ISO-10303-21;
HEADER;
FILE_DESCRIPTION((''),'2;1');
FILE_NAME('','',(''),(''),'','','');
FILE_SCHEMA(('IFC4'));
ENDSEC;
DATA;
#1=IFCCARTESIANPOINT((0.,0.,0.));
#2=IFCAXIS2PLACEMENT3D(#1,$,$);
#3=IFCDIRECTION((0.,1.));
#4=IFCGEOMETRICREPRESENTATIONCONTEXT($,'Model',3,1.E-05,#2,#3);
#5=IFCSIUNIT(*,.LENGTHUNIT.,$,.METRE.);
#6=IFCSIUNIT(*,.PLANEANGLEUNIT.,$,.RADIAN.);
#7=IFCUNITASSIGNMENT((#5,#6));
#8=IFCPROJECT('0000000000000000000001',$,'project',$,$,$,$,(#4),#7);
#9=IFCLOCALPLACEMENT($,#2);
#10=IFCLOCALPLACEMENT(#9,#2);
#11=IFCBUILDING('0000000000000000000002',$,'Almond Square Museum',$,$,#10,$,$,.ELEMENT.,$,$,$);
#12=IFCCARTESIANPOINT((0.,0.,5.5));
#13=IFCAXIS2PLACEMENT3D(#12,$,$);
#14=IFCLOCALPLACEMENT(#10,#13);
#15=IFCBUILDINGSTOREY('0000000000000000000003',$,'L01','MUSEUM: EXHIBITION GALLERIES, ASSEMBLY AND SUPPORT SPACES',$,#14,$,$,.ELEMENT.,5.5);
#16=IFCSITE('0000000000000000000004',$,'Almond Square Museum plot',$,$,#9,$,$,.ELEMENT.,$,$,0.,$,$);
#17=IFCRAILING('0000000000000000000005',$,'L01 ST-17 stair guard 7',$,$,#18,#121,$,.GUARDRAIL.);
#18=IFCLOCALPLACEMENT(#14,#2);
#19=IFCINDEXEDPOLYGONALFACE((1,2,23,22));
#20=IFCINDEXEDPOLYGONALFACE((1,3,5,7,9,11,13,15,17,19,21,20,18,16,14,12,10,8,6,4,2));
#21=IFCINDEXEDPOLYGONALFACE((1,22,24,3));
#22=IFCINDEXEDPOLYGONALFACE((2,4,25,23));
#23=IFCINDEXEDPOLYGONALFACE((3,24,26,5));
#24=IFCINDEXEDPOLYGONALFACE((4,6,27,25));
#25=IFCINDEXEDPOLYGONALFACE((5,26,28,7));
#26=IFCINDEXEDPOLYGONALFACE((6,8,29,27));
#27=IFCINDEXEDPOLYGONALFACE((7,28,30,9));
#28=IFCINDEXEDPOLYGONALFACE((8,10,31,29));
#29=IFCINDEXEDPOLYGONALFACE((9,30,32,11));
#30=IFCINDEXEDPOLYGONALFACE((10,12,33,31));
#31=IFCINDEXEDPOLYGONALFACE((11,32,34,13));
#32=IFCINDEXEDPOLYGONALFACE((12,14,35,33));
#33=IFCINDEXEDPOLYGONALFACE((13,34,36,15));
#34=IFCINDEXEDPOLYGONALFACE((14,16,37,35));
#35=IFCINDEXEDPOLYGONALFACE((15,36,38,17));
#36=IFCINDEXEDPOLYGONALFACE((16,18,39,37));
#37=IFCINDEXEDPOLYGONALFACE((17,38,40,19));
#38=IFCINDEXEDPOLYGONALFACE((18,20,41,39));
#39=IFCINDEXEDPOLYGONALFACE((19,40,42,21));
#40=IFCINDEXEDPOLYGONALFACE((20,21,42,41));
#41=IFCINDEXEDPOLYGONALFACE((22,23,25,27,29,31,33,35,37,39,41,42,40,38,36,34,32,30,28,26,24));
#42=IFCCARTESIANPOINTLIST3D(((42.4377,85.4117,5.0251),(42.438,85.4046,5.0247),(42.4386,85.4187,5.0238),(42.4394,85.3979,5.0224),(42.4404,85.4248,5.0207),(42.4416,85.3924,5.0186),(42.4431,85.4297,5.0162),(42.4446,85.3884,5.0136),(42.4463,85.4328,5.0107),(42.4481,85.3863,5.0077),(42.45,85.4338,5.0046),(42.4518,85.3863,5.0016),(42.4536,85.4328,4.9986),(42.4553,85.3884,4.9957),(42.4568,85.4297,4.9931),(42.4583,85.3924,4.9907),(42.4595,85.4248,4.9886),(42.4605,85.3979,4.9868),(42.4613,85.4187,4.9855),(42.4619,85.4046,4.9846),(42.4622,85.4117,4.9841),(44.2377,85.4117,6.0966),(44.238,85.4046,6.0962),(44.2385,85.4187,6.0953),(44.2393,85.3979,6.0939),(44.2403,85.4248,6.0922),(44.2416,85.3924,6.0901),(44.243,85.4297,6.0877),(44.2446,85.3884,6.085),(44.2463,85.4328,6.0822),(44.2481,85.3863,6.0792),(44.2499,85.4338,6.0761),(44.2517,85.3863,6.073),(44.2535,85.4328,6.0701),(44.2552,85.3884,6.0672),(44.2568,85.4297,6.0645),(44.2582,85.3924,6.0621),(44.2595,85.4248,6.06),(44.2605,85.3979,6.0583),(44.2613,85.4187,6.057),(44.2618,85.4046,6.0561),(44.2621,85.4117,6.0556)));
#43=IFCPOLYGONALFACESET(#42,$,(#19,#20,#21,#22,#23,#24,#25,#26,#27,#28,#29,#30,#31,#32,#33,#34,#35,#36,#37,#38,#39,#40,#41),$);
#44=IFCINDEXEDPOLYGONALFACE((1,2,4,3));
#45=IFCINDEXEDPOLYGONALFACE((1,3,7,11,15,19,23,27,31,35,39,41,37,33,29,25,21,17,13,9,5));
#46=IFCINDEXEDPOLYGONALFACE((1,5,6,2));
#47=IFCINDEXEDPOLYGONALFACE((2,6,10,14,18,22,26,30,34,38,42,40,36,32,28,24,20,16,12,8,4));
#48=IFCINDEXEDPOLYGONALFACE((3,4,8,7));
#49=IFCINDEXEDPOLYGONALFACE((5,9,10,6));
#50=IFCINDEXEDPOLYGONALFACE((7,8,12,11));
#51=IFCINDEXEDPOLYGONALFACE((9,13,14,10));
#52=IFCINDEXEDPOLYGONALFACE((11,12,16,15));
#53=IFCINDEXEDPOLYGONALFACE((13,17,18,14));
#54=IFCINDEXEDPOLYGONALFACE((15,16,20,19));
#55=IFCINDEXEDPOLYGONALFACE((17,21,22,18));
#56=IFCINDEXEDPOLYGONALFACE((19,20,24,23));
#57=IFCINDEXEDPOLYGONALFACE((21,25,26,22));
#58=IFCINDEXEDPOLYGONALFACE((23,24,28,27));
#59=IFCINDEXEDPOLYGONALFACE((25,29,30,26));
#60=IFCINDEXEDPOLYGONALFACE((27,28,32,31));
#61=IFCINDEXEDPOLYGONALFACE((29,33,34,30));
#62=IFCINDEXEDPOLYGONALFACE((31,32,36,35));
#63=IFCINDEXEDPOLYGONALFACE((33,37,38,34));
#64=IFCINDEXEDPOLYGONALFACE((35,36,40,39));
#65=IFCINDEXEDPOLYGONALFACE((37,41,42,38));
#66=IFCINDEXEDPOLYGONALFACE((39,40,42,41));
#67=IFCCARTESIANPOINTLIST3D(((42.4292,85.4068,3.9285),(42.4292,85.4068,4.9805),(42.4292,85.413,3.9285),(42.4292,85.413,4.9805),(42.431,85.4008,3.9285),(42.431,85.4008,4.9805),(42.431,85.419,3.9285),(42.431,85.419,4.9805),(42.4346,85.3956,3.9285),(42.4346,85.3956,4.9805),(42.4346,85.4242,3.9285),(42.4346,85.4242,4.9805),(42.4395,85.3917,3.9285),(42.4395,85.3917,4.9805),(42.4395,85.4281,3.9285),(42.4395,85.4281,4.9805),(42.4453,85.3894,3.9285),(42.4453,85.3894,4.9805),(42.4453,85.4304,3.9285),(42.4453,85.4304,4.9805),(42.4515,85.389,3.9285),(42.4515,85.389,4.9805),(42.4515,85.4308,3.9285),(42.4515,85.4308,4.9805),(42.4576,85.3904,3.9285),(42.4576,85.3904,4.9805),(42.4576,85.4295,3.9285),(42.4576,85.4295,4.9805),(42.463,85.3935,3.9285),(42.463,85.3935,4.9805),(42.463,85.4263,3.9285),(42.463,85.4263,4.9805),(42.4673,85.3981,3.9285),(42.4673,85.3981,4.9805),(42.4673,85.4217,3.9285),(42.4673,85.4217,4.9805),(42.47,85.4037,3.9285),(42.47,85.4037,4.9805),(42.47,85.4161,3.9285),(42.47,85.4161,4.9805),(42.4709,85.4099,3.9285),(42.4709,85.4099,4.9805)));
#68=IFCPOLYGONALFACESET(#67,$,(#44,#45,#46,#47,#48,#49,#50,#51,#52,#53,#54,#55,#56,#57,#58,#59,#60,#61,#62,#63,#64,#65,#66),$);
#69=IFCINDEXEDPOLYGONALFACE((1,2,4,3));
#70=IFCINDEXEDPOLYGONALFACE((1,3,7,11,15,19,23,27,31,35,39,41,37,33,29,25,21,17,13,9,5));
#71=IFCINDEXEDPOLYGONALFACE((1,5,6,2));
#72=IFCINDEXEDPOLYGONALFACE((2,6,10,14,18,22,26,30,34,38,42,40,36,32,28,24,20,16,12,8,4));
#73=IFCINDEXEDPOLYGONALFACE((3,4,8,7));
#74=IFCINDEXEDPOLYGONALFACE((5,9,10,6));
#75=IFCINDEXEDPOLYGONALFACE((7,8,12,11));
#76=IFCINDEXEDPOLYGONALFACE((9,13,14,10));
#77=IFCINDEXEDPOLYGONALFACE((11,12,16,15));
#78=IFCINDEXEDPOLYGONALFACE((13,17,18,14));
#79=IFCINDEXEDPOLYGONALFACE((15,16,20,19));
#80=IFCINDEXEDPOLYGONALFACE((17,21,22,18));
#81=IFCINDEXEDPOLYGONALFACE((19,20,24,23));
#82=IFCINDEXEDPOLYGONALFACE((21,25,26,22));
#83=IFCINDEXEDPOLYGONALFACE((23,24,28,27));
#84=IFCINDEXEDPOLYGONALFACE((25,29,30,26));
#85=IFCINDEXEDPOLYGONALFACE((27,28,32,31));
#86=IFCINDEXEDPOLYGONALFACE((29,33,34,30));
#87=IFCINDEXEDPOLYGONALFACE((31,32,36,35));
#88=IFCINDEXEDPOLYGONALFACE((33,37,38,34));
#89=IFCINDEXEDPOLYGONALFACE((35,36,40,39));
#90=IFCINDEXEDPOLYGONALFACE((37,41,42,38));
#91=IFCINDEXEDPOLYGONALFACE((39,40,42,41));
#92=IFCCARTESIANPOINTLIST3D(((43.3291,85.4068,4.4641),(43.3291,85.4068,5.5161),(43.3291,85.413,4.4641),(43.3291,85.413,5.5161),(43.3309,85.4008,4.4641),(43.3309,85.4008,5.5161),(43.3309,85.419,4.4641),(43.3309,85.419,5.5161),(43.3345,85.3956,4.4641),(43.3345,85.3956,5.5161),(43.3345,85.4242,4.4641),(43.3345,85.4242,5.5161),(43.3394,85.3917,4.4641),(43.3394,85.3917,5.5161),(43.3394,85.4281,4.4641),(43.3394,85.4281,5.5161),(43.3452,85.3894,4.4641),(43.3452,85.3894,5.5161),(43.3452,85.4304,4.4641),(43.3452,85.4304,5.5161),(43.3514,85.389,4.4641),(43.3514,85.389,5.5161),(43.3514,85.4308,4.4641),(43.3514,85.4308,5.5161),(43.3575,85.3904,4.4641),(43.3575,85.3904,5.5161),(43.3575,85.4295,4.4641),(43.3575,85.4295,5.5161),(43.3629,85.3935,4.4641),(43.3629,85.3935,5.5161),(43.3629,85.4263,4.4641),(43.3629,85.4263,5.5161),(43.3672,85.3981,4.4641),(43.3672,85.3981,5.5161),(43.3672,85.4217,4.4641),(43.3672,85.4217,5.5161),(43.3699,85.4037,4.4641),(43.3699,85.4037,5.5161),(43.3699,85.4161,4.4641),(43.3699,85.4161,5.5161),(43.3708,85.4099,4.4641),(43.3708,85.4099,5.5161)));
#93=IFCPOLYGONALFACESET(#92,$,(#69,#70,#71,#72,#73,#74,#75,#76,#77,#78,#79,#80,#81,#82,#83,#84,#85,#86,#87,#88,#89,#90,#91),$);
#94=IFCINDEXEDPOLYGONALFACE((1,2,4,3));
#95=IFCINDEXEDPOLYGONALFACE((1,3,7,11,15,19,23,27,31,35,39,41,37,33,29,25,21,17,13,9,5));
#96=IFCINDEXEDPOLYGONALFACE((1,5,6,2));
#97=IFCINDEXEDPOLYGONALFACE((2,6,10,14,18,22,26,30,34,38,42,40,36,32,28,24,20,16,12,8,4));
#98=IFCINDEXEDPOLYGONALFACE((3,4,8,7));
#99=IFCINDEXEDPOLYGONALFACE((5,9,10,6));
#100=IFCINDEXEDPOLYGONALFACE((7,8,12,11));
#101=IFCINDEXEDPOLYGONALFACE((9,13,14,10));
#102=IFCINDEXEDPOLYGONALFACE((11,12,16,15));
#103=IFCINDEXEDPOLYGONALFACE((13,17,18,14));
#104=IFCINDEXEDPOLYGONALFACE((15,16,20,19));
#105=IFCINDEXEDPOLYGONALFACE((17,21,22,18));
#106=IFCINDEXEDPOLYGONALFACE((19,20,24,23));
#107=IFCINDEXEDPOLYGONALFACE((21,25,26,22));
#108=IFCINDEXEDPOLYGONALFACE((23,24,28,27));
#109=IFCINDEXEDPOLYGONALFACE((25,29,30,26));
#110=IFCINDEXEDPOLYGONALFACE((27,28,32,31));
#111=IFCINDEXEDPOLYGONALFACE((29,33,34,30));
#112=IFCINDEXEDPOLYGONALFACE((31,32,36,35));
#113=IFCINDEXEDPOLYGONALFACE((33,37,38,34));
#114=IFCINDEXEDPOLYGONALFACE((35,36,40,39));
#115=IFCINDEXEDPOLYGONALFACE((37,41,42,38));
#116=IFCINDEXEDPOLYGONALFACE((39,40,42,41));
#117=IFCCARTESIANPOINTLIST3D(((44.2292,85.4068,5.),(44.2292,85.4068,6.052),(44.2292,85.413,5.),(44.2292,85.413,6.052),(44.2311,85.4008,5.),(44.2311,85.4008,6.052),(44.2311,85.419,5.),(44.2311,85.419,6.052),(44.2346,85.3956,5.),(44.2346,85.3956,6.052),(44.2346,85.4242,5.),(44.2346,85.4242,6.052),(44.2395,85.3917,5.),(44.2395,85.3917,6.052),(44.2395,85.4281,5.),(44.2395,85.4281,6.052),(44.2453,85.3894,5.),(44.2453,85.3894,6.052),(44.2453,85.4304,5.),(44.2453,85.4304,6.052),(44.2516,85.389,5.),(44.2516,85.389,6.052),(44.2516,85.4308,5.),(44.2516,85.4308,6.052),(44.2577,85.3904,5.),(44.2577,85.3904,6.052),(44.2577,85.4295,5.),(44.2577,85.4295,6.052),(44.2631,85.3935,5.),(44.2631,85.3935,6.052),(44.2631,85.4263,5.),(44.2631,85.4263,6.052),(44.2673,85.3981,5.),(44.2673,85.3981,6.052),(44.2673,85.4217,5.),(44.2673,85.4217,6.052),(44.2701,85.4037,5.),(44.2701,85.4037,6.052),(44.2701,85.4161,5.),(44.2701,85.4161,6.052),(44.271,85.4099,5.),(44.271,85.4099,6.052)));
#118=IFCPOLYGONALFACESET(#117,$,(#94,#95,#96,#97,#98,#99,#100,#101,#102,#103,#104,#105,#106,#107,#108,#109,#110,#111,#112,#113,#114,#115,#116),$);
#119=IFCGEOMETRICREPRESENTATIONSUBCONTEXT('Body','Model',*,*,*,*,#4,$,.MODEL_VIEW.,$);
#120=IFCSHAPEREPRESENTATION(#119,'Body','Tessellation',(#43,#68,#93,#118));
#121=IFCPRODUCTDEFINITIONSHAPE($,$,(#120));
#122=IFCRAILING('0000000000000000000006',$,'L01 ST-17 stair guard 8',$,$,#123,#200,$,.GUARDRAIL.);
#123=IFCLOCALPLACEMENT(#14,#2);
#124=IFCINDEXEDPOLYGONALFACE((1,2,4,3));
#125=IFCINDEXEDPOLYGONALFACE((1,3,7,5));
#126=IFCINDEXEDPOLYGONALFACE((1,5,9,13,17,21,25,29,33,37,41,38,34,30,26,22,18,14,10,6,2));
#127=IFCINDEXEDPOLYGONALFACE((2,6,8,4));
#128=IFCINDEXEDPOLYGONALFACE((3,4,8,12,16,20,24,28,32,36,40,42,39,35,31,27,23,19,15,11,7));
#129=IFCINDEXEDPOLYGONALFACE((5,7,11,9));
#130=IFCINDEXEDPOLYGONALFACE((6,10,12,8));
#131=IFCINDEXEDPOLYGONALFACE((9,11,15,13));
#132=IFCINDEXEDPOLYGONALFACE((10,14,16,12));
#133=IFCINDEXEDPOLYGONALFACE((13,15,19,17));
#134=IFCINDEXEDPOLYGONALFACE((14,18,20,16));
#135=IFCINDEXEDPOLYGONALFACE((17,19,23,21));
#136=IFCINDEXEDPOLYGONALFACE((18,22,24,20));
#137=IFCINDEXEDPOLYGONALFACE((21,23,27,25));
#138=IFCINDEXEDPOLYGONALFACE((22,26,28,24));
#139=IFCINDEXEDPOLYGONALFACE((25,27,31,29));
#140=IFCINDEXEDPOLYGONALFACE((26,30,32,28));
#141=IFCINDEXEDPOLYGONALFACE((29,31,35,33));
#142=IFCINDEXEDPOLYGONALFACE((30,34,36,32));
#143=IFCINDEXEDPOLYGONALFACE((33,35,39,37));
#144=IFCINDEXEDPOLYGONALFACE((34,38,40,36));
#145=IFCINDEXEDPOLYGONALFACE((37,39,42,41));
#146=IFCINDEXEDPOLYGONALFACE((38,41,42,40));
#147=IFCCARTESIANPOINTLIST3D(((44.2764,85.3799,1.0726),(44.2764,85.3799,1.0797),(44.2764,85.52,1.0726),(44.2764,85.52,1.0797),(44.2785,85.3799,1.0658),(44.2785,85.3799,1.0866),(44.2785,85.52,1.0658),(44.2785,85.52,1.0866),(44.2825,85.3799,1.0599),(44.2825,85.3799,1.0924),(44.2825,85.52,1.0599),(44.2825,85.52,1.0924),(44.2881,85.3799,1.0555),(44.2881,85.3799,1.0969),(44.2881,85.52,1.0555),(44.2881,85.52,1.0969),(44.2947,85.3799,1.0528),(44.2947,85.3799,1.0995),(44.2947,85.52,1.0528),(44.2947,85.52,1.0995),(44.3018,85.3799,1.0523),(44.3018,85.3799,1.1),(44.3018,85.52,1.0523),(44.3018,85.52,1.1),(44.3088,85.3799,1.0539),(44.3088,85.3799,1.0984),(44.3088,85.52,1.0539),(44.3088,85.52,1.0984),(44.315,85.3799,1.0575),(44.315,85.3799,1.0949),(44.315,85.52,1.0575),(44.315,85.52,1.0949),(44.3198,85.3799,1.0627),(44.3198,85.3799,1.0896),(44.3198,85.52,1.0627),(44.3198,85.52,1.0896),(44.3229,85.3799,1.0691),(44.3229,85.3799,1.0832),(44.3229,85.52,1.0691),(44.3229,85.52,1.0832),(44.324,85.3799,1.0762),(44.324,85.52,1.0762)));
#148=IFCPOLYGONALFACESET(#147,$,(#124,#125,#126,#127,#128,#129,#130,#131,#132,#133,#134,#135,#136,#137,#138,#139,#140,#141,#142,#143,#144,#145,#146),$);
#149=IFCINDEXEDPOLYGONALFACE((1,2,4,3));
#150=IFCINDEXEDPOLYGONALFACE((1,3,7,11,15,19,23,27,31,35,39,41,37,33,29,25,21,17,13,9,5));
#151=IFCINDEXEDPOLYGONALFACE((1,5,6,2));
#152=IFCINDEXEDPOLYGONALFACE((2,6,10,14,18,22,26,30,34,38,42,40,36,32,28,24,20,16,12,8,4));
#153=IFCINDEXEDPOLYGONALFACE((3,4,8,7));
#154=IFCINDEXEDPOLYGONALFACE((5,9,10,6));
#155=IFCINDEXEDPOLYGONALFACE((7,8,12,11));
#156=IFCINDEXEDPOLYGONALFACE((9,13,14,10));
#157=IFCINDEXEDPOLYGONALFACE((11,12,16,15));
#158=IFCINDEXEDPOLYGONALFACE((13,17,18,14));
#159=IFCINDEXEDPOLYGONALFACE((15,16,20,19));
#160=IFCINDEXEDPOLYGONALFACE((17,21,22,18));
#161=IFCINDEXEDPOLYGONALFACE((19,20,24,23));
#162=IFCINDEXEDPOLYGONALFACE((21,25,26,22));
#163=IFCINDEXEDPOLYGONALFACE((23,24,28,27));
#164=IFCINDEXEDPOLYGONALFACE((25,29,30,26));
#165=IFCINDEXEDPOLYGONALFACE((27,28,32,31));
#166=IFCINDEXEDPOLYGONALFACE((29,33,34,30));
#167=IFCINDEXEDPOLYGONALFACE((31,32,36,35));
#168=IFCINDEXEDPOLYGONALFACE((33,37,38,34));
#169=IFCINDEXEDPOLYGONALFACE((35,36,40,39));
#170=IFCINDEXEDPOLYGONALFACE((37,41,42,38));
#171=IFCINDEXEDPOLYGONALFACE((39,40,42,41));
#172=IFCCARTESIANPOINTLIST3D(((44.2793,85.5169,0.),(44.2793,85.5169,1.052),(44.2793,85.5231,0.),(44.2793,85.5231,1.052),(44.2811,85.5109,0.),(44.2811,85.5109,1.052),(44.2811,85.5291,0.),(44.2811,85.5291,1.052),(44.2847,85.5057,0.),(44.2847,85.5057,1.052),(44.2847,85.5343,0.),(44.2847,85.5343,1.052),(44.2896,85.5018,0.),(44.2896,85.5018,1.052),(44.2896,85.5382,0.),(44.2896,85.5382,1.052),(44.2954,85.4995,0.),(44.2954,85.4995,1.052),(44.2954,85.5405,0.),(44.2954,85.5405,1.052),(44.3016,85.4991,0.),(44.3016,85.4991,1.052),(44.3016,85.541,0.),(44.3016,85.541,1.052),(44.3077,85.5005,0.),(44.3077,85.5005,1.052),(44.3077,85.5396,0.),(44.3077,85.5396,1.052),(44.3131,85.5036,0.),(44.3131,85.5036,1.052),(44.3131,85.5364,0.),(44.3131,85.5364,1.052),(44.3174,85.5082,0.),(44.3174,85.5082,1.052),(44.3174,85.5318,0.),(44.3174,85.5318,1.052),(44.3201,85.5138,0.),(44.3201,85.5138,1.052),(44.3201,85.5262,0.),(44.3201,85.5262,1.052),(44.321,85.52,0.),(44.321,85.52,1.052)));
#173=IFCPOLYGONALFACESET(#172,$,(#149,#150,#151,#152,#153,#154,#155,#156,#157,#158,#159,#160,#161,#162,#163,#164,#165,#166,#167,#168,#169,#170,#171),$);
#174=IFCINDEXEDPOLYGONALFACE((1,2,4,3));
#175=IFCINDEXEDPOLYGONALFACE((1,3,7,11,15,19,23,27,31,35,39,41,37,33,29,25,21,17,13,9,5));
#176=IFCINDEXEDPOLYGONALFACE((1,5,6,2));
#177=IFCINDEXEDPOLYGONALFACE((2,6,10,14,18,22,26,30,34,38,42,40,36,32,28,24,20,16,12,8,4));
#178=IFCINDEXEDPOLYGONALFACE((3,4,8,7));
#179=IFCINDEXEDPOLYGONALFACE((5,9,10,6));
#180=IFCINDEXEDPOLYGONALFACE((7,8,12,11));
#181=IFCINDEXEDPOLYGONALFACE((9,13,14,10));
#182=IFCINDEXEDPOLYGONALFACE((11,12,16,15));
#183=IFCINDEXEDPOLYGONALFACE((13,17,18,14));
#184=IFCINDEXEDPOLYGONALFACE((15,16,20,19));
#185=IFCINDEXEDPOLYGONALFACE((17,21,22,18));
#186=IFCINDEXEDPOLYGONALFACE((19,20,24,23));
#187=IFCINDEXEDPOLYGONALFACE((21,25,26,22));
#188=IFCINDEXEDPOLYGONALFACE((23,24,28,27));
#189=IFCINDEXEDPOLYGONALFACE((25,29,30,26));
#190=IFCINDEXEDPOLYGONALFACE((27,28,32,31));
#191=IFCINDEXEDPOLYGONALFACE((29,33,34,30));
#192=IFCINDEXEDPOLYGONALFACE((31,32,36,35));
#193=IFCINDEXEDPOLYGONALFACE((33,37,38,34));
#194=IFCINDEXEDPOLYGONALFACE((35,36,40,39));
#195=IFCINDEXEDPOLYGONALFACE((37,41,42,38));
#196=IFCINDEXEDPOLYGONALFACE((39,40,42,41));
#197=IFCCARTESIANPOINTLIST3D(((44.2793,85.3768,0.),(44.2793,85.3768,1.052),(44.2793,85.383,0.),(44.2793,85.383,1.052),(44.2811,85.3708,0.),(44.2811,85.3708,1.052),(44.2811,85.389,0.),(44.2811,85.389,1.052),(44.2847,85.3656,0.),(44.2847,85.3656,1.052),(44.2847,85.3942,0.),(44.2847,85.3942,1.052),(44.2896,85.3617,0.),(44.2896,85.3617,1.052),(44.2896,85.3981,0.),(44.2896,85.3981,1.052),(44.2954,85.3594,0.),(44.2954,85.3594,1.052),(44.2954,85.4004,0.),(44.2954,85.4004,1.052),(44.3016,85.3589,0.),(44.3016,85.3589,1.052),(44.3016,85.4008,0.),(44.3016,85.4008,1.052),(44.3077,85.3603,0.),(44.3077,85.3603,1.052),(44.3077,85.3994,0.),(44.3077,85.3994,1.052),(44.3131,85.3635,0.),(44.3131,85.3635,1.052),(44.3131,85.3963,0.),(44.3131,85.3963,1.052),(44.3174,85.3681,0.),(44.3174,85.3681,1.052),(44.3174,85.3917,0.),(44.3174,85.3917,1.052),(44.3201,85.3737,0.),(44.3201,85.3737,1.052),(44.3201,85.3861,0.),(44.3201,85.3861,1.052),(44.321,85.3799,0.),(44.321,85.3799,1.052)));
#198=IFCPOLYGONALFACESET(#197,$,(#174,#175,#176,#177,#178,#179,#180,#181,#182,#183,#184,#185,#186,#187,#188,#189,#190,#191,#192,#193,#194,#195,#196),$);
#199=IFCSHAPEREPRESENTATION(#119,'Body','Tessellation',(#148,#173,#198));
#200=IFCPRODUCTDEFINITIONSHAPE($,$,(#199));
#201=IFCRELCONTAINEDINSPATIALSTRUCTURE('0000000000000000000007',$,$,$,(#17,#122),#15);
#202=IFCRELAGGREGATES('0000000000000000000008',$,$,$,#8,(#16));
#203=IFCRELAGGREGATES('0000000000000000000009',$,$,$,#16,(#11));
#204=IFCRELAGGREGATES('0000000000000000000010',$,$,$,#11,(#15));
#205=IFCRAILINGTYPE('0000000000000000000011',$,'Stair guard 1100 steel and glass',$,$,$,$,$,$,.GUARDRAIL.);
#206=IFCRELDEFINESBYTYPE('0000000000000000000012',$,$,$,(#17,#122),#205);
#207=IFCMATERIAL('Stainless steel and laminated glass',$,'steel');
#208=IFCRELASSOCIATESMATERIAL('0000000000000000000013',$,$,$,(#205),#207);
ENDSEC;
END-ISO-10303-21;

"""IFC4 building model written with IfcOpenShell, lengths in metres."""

from ifc_helpers import new_model, si_unit, direction, frame, origin, origin_2d, place, context, subcontext, project, spatial, circle, extrude, material, type_object, element, save


model = new_model("IFC4")

# Units and contexts
model_context = context("Model", 3, precision=1e-05, world=origin(), true_north=direction((0.0, 1.0)))
body_context = subcontext(model_context, "Body", "Model", "MODEL_VIEW")
ifc_project = project(units=[si_unit("LENGTHUNIT", "METRE"), si_unit("PLANEANGLEUNIT", "RADIAN")], contexts=[model_context])

# Site, building, storey
site_placement = place(None, origin())
site = spatial("IfcSite", under=ifc_project, at=site_placement, Name="Almond Square Museum plot", CompositionType="ELEMENT", RefElevation=0.0)
building_placement = place(site_placement, origin())
building = spatial("IfcBuilding", under=site, at=building_placement, Name="Almond Square Museum", CompositionType="ELEMENT")
storey_placement = place(building_placement, frame((0.0, 0.0, 5.5)))
storey = spatial("IfcBuildingStorey", under=building, at=storey_placement, Name="L01", Description="MUSEUM: EXHIBITION GALLERIES, ASSEMBLY AND SUPPORT SPACES", CompositionType="ELEMENT", Elevation=5.5)

# Railings
ifc_material_1 = material(Name="Stainless steel and laminated glass", Category="steel")
railing_type_1 = type_object("IfcRailingType", Name="Stair guard 1100 steel and glass", PredefinedType="GUARDRAIL", material=ifc_material_1)
railing_1_placement = place(storey_placement, frame((42.45, 85.4099, 3.9285)))
element("IfcRailing", 1, at=railing_1_placement, inside=storey, type_object=railing_type_1, Name="L01 ST-17 stair guard 7", PredefinedType="GUARDRAIL", context=body_context, shape_type="SweptSolid", body=[
    extrude(circle(Radius=0.0239, at=origin_2d()), frame((0.0, 0.0, 1.0762), z_axis=(0.859277, 0.0, 0.51151), x_axis=(0.0, 1.0, 0.0)), (0.0, 0.0, 1.0), 2.0947),
    extrude(circle(Radius=0.021, at=origin_2d()), origin(), (0.0, 0.0, 1.0), 1.052),
    extrude(circle(Radius=0.021, at=origin_2d()), frame((0.8999, 0.0, 0.5356)), (0.0, 0.0, 1.0), 1.052),
    extrude(circle(Radius=0.021, at=origin_2d()), frame((1.8, 0.0, 1.0715)), (0.0, 0.0, 1.0), 1.052),
])
railing_2_placement = place(storey_placement, frame((44.3, 85.52, 0.0)))
element("IfcRailing", 2, at=railing_2_placement, inside=storey, type_object=railing_type_1, Name="L01 ST-17 stair guard 8", PredefinedType="GUARDRAIL", context=body_context, shape_type="SweptSolid", body=[
    extrude(circle(Radius=0.0239, at=origin_2d()), frame((0.0, 0.0, 1.0762), z_axis=(0.0, -1.0, 0.0), x_axis=(1.0, 0.0, 0.0)), (0.0, 0.0, 1.0), 0.1401),
    extrude(circle(Radius=0.021, at=origin_2d()), origin(), (0.0, 0.0, 1.0), 1.052),
    extrude(circle(Radius=0.021, at=origin_2d()), frame((0.0, -0.1401, 0.0)), (0.0, 0.0, 1.0), 1.052),
])

save(model, "model.ifc")
